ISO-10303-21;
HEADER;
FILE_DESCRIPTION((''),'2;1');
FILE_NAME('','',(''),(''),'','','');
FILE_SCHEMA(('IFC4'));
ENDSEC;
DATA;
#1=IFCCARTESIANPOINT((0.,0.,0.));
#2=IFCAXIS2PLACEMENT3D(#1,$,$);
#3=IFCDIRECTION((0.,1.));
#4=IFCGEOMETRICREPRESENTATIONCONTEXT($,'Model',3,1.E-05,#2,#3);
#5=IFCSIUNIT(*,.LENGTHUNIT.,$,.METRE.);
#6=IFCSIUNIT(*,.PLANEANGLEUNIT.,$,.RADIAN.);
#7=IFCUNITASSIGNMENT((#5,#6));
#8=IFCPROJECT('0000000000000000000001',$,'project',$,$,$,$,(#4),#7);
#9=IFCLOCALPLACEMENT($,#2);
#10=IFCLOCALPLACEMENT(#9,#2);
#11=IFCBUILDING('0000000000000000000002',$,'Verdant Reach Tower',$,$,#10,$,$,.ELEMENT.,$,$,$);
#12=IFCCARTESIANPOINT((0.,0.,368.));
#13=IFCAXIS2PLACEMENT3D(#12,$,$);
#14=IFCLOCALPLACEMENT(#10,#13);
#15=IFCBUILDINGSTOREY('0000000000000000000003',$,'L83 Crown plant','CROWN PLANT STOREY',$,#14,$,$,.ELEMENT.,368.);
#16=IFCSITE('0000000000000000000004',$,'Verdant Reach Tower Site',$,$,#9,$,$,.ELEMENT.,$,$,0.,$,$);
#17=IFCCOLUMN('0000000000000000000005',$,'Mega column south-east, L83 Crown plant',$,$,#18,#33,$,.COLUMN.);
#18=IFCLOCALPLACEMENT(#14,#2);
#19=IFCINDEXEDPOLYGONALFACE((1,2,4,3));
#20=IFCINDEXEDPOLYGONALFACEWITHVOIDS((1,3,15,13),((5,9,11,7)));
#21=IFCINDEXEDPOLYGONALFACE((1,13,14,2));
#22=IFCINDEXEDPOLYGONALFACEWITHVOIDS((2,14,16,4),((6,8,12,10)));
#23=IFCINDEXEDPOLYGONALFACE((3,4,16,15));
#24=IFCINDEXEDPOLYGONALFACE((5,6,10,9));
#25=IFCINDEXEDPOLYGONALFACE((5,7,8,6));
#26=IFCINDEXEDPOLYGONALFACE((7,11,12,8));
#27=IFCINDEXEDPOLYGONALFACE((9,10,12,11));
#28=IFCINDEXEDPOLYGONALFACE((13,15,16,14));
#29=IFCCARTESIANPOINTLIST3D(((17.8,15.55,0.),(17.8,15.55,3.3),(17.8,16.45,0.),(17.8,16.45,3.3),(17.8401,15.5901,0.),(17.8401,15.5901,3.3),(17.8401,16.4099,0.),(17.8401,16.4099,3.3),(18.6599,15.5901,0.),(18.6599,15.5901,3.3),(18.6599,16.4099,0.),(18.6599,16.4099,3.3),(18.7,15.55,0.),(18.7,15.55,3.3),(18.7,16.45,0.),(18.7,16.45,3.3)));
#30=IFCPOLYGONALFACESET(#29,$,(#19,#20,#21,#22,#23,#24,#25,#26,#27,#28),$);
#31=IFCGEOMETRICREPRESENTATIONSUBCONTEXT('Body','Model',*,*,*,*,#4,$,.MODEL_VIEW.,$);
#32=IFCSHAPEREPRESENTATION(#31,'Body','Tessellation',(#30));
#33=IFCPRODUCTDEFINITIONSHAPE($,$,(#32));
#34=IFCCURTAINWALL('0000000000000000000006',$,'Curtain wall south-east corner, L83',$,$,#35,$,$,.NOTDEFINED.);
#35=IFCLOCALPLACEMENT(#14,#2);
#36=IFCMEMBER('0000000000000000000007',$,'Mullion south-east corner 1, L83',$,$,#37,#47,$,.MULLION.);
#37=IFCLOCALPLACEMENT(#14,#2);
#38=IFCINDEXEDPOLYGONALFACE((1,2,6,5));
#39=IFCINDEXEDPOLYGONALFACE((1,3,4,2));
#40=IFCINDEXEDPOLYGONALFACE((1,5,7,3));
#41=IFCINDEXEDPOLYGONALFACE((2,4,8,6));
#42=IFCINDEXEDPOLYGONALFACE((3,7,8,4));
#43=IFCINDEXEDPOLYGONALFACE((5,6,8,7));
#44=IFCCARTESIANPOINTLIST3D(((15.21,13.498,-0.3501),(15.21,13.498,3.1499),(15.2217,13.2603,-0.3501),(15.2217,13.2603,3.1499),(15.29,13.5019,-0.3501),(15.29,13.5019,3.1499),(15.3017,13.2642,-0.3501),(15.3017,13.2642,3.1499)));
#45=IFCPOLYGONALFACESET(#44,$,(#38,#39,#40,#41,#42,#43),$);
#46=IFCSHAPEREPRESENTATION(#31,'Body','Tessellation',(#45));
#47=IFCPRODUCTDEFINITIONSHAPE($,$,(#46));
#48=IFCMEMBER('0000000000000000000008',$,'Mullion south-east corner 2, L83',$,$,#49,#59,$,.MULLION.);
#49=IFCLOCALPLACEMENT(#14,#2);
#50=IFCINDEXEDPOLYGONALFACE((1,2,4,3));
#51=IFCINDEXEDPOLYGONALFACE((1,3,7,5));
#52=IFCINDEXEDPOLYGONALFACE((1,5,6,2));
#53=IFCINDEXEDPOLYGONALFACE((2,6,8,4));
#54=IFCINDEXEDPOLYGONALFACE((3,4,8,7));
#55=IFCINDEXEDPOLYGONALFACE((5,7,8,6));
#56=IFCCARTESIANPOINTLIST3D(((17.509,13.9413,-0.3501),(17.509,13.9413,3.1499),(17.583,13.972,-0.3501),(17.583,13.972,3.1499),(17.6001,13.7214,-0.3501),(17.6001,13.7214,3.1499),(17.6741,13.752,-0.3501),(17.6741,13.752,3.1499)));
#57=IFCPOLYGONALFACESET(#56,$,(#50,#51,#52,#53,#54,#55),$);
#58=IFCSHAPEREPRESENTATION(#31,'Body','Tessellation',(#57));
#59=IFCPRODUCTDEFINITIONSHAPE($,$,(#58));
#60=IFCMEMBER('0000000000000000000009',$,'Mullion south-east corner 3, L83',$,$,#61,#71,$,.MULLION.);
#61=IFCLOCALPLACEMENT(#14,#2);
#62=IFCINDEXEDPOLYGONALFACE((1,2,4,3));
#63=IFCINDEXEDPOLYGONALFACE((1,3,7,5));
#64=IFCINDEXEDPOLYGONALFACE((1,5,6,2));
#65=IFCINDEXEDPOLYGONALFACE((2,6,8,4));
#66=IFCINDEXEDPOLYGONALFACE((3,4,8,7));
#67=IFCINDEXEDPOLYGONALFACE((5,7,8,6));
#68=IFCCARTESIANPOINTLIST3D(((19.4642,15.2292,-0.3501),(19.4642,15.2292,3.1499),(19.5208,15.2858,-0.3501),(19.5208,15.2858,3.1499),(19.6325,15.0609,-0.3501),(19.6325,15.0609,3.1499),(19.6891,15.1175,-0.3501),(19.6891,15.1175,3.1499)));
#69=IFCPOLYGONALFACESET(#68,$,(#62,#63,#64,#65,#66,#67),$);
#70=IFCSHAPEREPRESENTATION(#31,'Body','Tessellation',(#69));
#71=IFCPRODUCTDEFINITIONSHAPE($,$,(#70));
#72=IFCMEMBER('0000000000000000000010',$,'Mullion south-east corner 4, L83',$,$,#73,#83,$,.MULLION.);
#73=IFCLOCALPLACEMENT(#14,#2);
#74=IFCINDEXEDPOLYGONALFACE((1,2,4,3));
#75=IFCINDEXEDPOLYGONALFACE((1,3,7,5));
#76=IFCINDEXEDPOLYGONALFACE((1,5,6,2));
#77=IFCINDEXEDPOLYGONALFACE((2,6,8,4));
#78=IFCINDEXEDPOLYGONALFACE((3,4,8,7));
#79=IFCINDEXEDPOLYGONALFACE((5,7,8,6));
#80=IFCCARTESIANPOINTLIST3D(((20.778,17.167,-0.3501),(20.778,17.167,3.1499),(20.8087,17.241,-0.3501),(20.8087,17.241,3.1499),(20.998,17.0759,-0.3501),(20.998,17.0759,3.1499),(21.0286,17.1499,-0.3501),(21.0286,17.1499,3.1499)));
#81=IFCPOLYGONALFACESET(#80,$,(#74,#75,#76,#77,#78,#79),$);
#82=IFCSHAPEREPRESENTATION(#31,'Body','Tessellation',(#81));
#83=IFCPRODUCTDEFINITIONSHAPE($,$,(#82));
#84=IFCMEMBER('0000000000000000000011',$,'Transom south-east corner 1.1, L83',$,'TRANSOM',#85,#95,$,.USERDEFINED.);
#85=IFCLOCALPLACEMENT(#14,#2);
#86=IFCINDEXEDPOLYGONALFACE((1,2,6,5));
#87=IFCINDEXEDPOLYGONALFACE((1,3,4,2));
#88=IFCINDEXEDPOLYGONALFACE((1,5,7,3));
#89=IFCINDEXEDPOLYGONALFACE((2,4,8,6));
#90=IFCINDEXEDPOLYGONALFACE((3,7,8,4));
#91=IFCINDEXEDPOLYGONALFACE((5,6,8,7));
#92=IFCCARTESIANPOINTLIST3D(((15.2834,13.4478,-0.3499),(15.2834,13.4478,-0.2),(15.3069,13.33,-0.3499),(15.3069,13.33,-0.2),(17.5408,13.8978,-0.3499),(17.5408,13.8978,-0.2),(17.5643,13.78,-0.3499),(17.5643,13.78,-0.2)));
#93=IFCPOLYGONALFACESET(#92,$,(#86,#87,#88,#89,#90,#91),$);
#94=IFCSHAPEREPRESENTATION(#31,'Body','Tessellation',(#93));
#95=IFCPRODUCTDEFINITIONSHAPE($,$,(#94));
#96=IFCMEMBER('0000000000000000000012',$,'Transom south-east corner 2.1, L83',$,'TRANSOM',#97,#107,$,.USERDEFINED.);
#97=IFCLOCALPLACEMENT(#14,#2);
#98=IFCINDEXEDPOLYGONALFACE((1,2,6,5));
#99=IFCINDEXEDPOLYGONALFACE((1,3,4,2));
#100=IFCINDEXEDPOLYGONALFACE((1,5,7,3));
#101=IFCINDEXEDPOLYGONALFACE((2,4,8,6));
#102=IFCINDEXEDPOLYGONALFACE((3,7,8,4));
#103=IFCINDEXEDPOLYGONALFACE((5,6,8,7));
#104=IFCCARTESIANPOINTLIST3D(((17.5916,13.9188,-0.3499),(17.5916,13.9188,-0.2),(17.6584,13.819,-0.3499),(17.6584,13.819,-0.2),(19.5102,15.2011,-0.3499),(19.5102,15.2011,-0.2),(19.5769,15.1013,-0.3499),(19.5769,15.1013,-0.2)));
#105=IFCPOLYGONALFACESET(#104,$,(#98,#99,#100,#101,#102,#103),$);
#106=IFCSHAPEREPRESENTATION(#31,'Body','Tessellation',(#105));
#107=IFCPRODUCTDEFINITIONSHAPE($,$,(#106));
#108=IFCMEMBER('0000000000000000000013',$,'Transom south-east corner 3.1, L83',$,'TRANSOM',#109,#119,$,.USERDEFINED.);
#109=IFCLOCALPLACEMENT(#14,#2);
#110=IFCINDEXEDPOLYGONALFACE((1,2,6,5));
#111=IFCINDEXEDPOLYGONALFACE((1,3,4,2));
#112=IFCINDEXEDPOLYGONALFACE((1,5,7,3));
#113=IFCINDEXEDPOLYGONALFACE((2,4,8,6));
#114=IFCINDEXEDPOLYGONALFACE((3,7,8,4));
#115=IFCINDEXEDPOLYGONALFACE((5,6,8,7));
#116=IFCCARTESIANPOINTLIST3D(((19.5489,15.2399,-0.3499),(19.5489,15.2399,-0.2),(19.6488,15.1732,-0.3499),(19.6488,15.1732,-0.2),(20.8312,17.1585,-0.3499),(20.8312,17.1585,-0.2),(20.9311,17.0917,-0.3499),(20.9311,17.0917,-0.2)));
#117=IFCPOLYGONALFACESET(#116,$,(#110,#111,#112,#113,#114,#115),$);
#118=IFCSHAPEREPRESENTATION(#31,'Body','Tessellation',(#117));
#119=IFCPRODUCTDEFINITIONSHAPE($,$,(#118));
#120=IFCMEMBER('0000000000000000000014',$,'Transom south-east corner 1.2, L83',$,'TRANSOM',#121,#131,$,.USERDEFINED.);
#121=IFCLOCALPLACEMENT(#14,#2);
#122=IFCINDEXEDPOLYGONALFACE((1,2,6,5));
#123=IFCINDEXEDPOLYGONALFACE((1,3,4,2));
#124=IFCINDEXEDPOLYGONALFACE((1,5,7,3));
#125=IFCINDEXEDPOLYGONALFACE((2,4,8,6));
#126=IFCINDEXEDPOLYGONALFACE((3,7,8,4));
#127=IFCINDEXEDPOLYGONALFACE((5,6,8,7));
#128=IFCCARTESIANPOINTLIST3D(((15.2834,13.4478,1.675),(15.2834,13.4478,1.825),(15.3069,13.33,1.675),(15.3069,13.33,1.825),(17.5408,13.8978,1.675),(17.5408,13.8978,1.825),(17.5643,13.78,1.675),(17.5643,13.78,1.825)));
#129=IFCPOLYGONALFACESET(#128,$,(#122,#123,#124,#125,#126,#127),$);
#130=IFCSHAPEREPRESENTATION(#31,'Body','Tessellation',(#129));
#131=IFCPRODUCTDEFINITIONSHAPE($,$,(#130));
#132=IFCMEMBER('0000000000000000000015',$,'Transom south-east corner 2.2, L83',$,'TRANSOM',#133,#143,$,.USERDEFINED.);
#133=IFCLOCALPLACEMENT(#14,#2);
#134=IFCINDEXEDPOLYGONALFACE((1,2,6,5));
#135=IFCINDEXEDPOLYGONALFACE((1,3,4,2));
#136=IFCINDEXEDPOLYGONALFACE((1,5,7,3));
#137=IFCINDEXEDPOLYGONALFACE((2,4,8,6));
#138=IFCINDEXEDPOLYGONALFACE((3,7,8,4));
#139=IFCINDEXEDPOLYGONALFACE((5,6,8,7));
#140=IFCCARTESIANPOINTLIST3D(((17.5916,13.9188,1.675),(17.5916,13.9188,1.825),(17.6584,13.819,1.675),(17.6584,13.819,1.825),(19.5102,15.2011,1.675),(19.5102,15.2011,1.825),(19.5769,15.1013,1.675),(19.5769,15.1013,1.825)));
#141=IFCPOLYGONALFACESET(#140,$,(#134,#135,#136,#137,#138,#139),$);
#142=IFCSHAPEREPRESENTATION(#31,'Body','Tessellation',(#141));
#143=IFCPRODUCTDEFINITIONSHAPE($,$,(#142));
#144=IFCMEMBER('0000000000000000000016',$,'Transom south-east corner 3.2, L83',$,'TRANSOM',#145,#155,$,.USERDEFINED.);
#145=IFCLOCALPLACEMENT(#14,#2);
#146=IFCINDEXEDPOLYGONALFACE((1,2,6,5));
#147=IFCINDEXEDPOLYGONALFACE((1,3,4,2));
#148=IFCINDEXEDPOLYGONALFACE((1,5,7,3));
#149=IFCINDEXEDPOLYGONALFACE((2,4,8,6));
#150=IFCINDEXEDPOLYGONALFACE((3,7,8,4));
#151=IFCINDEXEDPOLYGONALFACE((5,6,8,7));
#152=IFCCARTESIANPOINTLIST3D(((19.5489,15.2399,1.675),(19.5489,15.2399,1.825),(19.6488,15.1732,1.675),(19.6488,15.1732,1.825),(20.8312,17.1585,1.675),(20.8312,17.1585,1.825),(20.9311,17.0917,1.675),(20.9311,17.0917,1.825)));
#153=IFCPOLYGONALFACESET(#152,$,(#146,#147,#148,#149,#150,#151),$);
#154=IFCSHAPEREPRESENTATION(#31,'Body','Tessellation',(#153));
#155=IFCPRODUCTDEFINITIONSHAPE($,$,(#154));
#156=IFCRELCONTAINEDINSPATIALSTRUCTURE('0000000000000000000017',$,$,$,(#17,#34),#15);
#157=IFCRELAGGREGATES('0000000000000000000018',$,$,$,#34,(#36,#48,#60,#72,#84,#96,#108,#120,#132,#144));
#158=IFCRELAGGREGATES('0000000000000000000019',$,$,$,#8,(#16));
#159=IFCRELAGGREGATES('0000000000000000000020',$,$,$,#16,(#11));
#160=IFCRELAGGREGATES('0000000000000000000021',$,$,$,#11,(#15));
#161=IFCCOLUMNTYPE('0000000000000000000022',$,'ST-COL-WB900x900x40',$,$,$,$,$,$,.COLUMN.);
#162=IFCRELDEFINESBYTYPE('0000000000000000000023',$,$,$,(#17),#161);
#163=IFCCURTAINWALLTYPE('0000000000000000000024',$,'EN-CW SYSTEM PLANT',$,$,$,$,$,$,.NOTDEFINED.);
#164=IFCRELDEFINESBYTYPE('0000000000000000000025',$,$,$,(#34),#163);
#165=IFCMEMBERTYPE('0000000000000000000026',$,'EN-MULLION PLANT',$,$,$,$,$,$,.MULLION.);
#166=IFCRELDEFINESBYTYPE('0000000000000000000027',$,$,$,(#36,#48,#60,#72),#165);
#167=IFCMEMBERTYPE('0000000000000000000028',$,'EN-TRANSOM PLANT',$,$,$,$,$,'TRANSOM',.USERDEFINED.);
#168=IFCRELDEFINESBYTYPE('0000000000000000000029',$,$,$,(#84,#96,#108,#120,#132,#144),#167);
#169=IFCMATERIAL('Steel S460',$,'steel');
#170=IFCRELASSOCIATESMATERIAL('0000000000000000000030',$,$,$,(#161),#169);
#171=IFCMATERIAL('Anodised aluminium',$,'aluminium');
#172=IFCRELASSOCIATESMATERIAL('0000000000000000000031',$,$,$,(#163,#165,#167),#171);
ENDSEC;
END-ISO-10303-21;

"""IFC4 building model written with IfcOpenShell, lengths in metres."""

from ifc_helpers import new_model, si_unit, direction, frame, origin, origin_2d, place, context, subcontext, project, spatial, rectangle, hollow_rectangle, extrude, material, material_profile, profile_set, type_object, element, aggregate, save


model = new_model("IFC4")

# Units and contexts
model_context = context("Model", 3, precision=1e-05, world=origin(), true_north=direction((0.0, 1.0)))
body_context = subcontext(model_context, "Body", "Model", "MODEL_VIEW")
ifc_project = project(units=[si_unit("LENGTHUNIT", "METRE"), si_unit("PLANEANGLEUNIT", "RADIAN")], contexts=[model_context])

# Site, building, storey
site_placement = place(None, origin())
site = spatial("IfcSite", under=ifc_project, at=site_placement, Name="Verdant Reach Tower Site", CompositionType="ELEMENT", RefElevation=0.0)
building_placement = place(site_placement, origin())
building = spatial("IfcBuilding", under=site, at=building_placement, Name="Verdant Reach Tower", CompositionType="ELEMENT")
storey_placement = place(building_placement, frame((0.0, 0.0, 368.0)))
storey = spatial("IfcBuildingStorey", under=building, at=storey_placement, Name="L83 Crown plant", Description="CROWN PLANT STOREY", CompositionType="ELEMENT", Elevation=368.0)

# Column
ifc_material_1 = material(Name="Steel S460", Category="steel")
ifc_material_profile_1 = material_profile(ifc_material_1, hollow_rectangle(XDim=0.8999, YDim=0.8999, WallThickness=0.04, at=origin_2d()), Name="WB 900x900x40")
ifc_profile_set_1 = profile_set([ifc_material_profile_1], Name="Steel S460")
column_type = type_object("IfcColumnType", Name="ST-COL-WB900x900x40", PredefinedType="COLUMN", material=ifc_profile_set_1)
column_placement = place(storey_placement, frame((18.25, 16.0, 0.0), z_axis=(0.0, 0.0, 1.0), x_axis=(1.0, 0.0, 0.0)))
element("IfcColumn", 1, at=column_placement, inside=storey, type_object=column_type, Name="Mega column south-east, L83 Crown plant", PredefinedType="COLUMN", context=body_context, shape_type="SweptSolid", body=[
    extrude(hollow_rectangle(XDim=0.8999, YDim=0.8999, WallThickness=0.04, at=origin_2d()), origin(), (0.0, 0.0, 1.0), 3.3),
])

# Curtain wall, members
ifc_material_2 = material(Name="Anodised aluminium", Category="aluminium")
curtain_wall_type = type_object("IfcCurtainWallType", Name="EN-CW SYSTEM PLANT", PredefinedType="NOTDEFINED", material=ifc_material_2)
curtain_wall_placement = place(storey_placement, origin())
curtain_wall = element("IfcCurtainWall", 2, at=curtain_wall_placement, inside=storey, type_object=curtain_wall_type, Name="Curtain wall south-east corner, L83", PredefinedType="NOTDEFINED")
ifc_material_profile_2 = material_profile(ifc_material_2, rectangle(XDim=0.238, YDim=0.0801, at=origin_2d()), Name="Mullion 80x240")
ifc_profile_set_2 = profile_set([ifc_material_profile_2], Name="Anodised aluminium")
member_type_1 = type_object("IfcMemberType", Name="EN-MULLION PLANT", PredefinedType="MULLION", material=ifc_profile_set_2)
member_1_placement = place(storey_placement, frame((15.2559, 13.3811, -0.3501), z_axis=(0.0, 0.0, 1.0), x_axis=(0.049128, -0.998793, 0.0)))
member_1 = element("IfcMember", 3, at=member_1_placement, type_object=member_type_1, Name="Mullion south-east corner 1, L83", PredefinedType="MULLION", context=body_context, shape_type="SweptSolid", body=[
    extrude(rectangle(XDim=0.238, YDim=0.0801, at=origin_2d()), origin(), (0.0, 0.0, 1.0), 3.5),
])
member_2_placement = place(storey_placement, frame((17.5916, 13.8467, -0.3501), z_axis=(0.0, 0.0, 1.0), x_axis=(0.382694, -0.923875, 0.0)))
member_2 = element("IfcMember", 4, at=member_2_placement, type_object=member_type_1, Name="Mullion south-east corner 2, L83", PredefinedType="MULLION", context=body_context, shape_type="SweptSolid", body=[
    extrude(rectangle(XDim=0.238, YDim=0.0801, at=origin_2d()), origin(), (0.0, 0.0, 1.0), 3.5),
])
member_3_placement = place(storey_placement, frame((19.5767, 15.1733, -0.3501), z_axis=(0.0, 0.0, 1.0), x_axis=(0.707107, -0.707107, 0.0)))
member_3 = element("IfcMember", 5, at=member_3_placement, type_object=member_type_1, Name="Mullion south-east corner 3, L83", PredefinedType="MULLION", context=body_context, shape_type="SweptSolid", body=[
    extrude(rectangle(XDim=0.238, YDim=0.0801, at=origin_2d()), origin(), (0.0, 0.0, 1.0), 3.5),
])
member_4_placement = place(storey_placement, frame((20.9033, 17.1584, -0.3501), z_axis=(0.0, 0.0, 1.0), x_axis=(0.923875, -0.382694, 0.0)))
member_4 = element("IfcMember", 6, at=member_4_placement, type_object=member_type_1, Name="Mullion south-east corner 4, L83", PredefinedType="MULLION", context=body_context, shape_type="SweptSolid", body=[
    extrude(rectangle(XDim=0.238, YDim=0.0801, at=origin_2d()), origin(), (0.0, 0.0, 1.0), 3.5),
])
ifc_material_profile_3 = material_profile(ifc_material_2, rectangle(XDim=0.1201, YDim=0.1499, at=origin_2d()), Name="Transom 150x120")
ifc_profile_set_3 = profile_set([ifc_material_profile_3], Name="Anodised aluminium")
member_type_2 = type_object("IfcMemberType", Name="EN-TRANSOM PLANT", ElementType="TRANSOM", PredefinedType="USERDEFINED", material=ifc_profile_set_3)
member_5_placement = place(storey_placement, frame((15.2952, 13.3889, -0.2749), z_axis=(0.980707, 0.195484, 0.0), x_axis=(-0.195484, 0.980707, 0.0)))
member_5 = element("IfcMember", 7, at=member_5_placement, type_object=member_type_2, Name="Transom south-east corner 1.1, L83", ObjectType="TRANSOM", PredefinedType="USERDEFINED", context=body_context, shape_type="SweptSolid", body=[
    extrude(rectangle(XDim=0.1201, YDim=0.1499, at=origin_2d()), origin(), (0.0, 0.0, 1.0), 2.3018),
])
member_6_placement = place(storey_placement, frame((17.625, 13.8689, -0.2749), z_axis=(0.831399, 0.555676, 0.0), x_axis=(-0.555676, 0.831399, 0.0)))
member_6 = element("IfcMember", 8, at=member_6_placement, type_object=member_type_2, Name="Transom south-east corner 2.1, L83", ObjectType="TRANSOM", PredefinedType="USERDEFINED", context=body_context, shape_type="SweptSolid", body=[
    extrude(rectangle(XDim=0.1201, YDim=0.1499, at=origin_2d()), origin(), (0.0, 0.0, 1.0), 2.3076),
])
member_7_placement = place(storey_placement, frame((19.5989, 15.2065, -0.2749), z_axis=(0.555676, 0.831399, 0.0), x_axis=(-0.831399, 0.555676, 0.0)))
member_7 = element("IfcMember", 9, at=member_7_placement, type_object=member_type_2, Name="Transom south-east corner 3.1, L83", ObjectType="TRANSOM", PredefinedType="USERDEFINED", context=body_context, shape_type="SweptSolid", body=[
    extrude(rectangle(XDim=0.1201, YDim=0.1499, at=origin_2d()), origin(), (0.0, 0.0, 1.0), 2.3076),
])
member_8_placement = place(storey_placement, frame((15.2952, 13.3889, 1.75), z_axis=(0.980707, 0.195484, 0.0), x_axis=(-0.195484, 0.980707, 0.0)))
member_8 = element("IfcMember", 10, at=member_8_placement, type_object=member_type_2, Name="Transom south-east corner 1.2, L83", ObjectType="TRANSOM", PredefinedType="USERDEFINED", context=body_context, shape_type="SweptSolid", body=[
    extrude(rectangle(XDim=0.1201, YDim=0.1499, at=origin_2d()), origin(), (0.0, 0.0, 1.0), 2.3018),
])
member_9_placement = place(storey_placement, frame((17.625, 13.8689, 1.75), z_axis=(0.831399, 0.555676, 0.0), x_axis=(-0.555676, 0.831399, 0.0)))
member_9 = element("IfcMember", 11, at=member_9_placement, type_object=member_type_2, Name="Transom south-east corner 2.2, L83", ObjectType="TRANSOM", PredefinedType="USERDEFINED", context=body_context, shape_type="SweptSolid", body=[
    extrude(rectangle(XDim=0.1201, YDim=0.1499, at=origin_2d()), origin(), (0.0, 0.0, 1.0), 2.3076),
])
member_10_placement = place(storey_placement, frame((19.5989, 15.2065, 1.75), z_axis=(0.555676, 0.831399, 0.0), x_axis=(-0.831399, 0.555676, 0.0)))
member_10 = element("IfcMember", 12, at=member_10_placement, type_object=member_type_2, Name="Transom south-east corner 3.2, L83", ObjectType="TRANSOM", PredefinedType="USERDEFINED", context=body_context, shape_type="SweptSolid", body=[
    extrude(rectangle(XDim=0.1201, YDim=0.1499, at=origin_2d()), origin(), (0.0, 0.0, 1.0), 2.3076),
])

aggregate(curtain_wall, [member_1, member_2, member_3, member_4, member_5, member_6, member_7, member_8, member_9, member_10])

save(model, "model.ifc")
